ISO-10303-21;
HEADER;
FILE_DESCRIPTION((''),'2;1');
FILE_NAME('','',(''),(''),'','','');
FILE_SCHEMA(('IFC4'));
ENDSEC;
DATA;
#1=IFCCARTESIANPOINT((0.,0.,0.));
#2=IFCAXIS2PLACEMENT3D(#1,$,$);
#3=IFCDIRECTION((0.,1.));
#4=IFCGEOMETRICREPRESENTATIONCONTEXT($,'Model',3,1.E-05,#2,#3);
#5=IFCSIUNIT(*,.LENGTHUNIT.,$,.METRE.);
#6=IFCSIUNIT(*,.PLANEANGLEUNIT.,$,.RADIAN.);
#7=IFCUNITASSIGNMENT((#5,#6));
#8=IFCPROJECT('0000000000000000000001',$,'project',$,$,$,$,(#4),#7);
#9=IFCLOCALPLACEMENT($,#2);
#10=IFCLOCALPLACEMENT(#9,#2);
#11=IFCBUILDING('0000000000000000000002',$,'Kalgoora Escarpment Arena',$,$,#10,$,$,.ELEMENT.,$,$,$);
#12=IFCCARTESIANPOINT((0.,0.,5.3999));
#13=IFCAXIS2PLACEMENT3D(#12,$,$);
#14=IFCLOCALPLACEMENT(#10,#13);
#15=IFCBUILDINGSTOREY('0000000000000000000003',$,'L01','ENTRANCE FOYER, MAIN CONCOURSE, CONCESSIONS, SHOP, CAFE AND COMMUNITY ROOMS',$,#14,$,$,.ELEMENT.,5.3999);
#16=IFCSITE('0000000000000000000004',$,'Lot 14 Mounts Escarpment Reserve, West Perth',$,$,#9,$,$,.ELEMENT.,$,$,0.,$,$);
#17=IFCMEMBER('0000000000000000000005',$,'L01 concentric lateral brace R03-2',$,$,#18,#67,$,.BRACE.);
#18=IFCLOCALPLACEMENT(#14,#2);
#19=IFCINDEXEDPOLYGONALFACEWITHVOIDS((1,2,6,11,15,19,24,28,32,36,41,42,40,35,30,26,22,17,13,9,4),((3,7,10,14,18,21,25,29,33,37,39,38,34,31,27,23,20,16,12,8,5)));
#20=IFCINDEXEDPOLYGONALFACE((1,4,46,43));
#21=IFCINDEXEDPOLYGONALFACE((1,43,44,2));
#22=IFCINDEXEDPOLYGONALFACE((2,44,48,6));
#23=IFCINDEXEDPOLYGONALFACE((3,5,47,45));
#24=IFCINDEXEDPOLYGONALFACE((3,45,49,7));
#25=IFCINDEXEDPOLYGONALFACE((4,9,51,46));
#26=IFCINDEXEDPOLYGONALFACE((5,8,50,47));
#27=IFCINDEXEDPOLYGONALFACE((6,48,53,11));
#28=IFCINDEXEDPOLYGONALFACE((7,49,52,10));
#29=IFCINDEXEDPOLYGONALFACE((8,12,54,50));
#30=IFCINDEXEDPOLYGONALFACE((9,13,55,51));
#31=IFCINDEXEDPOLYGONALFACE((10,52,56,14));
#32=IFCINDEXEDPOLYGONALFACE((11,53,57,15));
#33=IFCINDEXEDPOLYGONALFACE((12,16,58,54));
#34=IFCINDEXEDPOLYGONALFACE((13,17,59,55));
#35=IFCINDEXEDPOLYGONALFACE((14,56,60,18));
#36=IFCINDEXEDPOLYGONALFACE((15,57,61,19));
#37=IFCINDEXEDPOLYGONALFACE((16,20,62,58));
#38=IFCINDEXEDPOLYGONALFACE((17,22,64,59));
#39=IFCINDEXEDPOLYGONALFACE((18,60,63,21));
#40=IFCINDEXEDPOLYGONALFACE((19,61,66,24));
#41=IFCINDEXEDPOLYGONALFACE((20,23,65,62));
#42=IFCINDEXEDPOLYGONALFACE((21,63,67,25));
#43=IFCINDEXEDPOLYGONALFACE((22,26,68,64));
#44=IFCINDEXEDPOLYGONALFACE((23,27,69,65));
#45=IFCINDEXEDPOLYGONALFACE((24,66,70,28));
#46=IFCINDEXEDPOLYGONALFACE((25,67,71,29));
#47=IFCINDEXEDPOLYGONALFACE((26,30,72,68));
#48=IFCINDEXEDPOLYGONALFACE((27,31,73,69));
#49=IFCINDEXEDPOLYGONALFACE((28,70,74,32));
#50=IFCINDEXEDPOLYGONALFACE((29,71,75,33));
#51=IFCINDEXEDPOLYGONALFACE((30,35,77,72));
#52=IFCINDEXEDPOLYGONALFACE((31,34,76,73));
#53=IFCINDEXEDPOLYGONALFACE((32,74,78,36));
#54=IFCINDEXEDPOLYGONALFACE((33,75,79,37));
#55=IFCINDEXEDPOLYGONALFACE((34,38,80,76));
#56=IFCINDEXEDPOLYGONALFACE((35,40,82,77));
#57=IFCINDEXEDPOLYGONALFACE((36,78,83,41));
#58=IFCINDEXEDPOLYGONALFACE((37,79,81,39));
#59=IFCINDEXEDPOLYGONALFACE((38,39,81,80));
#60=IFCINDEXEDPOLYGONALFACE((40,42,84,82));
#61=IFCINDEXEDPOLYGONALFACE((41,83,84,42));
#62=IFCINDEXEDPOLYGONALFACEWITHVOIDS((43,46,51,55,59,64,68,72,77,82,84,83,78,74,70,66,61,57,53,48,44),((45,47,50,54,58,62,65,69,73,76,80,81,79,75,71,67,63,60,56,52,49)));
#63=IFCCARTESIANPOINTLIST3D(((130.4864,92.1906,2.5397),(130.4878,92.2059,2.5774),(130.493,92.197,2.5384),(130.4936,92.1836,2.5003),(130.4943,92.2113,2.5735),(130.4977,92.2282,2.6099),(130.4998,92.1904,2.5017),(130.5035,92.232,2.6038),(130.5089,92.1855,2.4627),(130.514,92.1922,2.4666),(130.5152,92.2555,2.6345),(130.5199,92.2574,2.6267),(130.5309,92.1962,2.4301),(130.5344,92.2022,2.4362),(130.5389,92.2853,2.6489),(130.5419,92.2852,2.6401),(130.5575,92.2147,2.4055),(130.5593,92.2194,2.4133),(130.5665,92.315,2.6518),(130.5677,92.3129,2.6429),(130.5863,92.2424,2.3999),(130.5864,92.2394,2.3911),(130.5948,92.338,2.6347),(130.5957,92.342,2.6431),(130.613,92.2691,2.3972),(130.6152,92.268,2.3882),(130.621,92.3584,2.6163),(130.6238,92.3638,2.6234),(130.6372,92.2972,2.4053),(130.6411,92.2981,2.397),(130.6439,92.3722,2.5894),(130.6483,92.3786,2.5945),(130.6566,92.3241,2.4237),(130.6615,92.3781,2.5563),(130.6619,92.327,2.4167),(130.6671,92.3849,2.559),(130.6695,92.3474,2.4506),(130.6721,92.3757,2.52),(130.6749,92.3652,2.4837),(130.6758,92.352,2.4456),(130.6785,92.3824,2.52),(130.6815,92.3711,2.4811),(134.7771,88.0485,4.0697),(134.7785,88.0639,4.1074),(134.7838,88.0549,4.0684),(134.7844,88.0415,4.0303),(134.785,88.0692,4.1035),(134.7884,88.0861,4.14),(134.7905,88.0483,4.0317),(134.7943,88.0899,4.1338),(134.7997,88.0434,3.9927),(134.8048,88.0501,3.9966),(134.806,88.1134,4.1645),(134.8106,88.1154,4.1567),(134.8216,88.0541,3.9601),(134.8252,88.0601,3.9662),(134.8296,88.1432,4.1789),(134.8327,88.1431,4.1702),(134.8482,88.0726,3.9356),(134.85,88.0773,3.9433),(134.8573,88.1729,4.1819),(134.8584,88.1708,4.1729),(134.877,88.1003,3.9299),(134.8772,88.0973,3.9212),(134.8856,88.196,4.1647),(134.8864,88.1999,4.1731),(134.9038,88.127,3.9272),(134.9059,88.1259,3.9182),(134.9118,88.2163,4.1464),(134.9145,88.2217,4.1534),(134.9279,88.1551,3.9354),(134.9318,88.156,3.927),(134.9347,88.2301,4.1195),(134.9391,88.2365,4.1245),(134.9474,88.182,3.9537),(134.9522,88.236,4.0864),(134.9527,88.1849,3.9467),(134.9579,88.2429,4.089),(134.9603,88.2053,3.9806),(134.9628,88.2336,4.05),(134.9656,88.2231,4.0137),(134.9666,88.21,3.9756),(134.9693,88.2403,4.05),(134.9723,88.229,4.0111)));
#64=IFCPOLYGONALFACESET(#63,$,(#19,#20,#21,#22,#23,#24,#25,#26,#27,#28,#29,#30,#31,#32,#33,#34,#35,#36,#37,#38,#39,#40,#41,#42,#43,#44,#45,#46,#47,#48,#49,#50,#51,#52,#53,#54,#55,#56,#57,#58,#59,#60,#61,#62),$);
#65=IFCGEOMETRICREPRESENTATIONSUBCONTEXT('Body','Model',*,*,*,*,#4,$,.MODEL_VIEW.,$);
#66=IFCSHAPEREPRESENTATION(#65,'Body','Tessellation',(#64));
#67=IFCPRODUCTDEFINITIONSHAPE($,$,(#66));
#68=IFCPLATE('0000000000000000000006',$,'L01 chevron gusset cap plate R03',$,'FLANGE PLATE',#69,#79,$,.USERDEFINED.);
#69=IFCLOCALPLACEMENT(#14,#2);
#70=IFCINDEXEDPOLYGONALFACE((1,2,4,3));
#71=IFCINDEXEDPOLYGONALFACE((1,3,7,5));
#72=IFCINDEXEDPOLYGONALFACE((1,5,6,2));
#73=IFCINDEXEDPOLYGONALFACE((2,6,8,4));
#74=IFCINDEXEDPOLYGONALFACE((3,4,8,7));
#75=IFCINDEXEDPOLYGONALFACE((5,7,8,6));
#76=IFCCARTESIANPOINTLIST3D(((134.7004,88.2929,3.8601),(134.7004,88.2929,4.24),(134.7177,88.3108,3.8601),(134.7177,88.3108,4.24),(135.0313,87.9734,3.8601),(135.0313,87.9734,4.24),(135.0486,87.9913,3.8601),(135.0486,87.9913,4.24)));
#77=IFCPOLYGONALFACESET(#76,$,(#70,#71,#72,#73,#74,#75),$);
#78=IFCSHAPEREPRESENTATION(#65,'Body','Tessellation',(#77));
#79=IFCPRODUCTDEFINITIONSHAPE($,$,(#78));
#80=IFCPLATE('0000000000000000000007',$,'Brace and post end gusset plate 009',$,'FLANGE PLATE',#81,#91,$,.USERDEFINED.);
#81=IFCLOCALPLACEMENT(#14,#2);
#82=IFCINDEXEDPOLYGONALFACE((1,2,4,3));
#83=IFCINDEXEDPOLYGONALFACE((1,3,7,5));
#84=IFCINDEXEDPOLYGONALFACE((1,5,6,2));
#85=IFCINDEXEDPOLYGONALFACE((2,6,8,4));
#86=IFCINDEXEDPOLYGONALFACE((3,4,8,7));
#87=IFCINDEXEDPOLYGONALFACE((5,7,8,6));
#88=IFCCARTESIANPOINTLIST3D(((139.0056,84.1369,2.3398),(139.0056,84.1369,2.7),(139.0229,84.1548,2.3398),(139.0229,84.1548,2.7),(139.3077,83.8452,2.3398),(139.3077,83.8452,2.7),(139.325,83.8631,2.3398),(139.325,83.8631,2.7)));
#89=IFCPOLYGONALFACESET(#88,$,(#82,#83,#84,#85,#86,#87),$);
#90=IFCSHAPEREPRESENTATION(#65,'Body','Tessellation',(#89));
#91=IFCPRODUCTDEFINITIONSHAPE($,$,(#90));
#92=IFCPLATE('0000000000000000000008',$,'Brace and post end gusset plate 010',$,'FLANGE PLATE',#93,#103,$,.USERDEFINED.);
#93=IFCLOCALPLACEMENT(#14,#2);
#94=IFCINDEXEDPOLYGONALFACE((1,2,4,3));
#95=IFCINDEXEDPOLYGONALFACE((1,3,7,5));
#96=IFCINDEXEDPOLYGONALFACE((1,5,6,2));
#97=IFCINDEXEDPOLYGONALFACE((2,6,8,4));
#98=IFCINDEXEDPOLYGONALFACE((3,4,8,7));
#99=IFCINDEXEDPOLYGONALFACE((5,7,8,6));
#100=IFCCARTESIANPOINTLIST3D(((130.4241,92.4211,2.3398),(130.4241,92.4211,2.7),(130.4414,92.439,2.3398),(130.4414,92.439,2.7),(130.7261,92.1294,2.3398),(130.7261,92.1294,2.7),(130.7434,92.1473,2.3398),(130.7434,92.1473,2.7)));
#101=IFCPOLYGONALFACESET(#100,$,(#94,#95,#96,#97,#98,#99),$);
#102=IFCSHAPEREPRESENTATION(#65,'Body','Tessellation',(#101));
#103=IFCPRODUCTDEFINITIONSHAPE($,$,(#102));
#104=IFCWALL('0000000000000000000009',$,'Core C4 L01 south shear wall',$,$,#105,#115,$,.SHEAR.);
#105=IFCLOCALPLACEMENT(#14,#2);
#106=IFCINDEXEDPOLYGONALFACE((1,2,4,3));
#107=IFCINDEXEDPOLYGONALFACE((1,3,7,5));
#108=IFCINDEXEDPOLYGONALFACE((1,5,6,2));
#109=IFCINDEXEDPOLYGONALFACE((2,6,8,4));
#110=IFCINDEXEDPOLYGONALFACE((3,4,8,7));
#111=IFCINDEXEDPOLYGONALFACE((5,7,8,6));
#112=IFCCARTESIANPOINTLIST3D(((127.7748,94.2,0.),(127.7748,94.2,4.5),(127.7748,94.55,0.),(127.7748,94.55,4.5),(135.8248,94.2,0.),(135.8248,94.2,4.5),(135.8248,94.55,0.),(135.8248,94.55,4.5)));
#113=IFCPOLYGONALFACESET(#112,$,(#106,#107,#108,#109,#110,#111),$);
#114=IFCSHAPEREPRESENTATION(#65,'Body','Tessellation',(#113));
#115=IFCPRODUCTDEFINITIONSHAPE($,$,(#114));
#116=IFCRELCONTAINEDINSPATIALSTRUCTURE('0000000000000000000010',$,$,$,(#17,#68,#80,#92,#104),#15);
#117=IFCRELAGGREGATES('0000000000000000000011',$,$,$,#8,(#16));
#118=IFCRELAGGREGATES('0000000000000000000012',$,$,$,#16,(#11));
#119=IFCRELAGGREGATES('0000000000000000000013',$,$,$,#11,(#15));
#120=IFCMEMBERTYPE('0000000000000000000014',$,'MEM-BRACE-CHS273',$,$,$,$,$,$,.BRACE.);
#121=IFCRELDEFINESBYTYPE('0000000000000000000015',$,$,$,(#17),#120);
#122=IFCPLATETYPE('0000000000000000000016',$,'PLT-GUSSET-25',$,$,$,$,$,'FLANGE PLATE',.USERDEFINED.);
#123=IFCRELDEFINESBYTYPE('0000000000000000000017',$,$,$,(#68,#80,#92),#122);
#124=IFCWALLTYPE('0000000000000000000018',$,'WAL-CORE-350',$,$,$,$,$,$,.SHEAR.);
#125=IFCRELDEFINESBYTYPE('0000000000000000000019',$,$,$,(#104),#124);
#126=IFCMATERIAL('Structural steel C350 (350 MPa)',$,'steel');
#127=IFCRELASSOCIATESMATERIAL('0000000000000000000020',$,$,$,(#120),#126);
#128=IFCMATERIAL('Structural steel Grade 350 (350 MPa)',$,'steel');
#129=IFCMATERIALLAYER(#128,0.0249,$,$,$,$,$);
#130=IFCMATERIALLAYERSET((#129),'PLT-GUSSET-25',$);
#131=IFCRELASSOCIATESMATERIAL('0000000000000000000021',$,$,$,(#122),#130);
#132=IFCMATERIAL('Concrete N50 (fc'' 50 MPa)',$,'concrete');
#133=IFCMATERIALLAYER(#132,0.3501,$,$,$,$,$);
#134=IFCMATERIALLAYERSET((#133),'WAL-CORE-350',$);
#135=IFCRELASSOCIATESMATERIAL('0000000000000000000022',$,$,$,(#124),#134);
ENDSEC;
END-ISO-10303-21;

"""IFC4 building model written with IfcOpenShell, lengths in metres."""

from ifc_helpers import new_model, si_unit, direction, frame, frame_2d, origin, origin_2d, place, context, subcontext, project, spatial, rectangle, hollow_circle, extrude, material, layer, layer_set, material_profile, profile_set, type_object, element, save


model = new_model("IFC4")

# Units and contexts
model_context = context("Model", 3, precision=1e-05, world=origin(), true_north=direction((0.0, 1.0)))
body_context = subcontext(model_context, "Body", "Model", "MODEL_VIEW")
ifc_project = project(units=[si_unit("LENGTHUNIT", "METRE"), si_unit("PLANEANGLEUNIT", "RADIAN")], contexts=[model_context])

# Site, building, storey
site_placement = place(None, origin())
site = spatial("IfcSite", under=ifc_project, at=site_placement, Name="Lot 14 Mounts Escarpment Reserve, West Perth", CompositionType="ELEMENT", RefElevation=0.0)
building_placement = place(site_placement, origin())
building = spatial("IfcBuilding", under=site, at=building_placement, Name="Kalgoora Escarpment Arena", CompositionType="ELEMENT")
storey_placement = place(building_placement, frame((0.0, 0.0, 5.3999)))
storey = spatial("IfcBuildingStorey", under=building, at=storey_placement, Name="L01", Description="ENTRANCE FOYER, MAIN CONCOURSE, CONCESSIONS, SHOP, CAFE AND COMMUNITY ROOMS", CompositionType="ELEMENT", Elevation=5.3999)

# Member
ifc_material_1 = material(Name="Structural steel C350 (350 MPa)", Category="steel")
ifc_material_profile_1 = material_profile(ifc_material_1, hollow_circle(Radius=0.1365, WallThickness=0.0093, at=origin_2d()))
ifc_profile_set_1 = profile_set([ifc_material_profile_1], Name="Structural steel C350 (350 MPa)")
member_type = type_object("IfcMemberType", Name="MEM-BRACE-CHS273", PredefinedType="BRACE", material=ifc_profile_set_1)
for number, where, z_axis, x_axis, name in (
    (1, (130.5837, 92.2842, 2.52), (0.696893, -0.672745, 0.248503), (0.694532, 0.719462, 0.0), "L01 concentric lateral brace R03-2"),
):
    element("IfcMember", number, at=place(storey_placement, frame(where, z_axis=z_axis, x_axis=x_axis)), inside=storey, type_object=member_type, Name=name, PredefinedType="BRACE", context=body_context, shape_type="SweptSolid", body=[
        extrude(hollow_circle(Radius=0.1365, WallThickness=0.0093, at=origin_2d()), origin(), (0.0, 0.0, 1.0), 6.157),
    ])

# Plates
ifc_material_2 = material(Name="Structural steel Grade 350 (350 MPa)", Category="steel")
ifc_layer_1 = layer(ifc_material_2, 0.0249)
ifc_layer_set_1 = layer_set([ifc_layer_1], Name="PLT-GUSSET-25")
plate_type = type_object("IfcPlateType", Name="PLT-GUSSET-25", ElementType="FLANGE PLATE", PredefinedType="USERDEFINED", material=ifc_layer_set_1)
plate_placement = place(storey_placement, frame((134.8745, 88.1421, 3.8601), z_axis=(0.0, 0.0, 1.0), x_axis=(-0.719461, 0.694533, 0.0)))
element("IfcPlate", 2, at=plate_placement, inside=storey, type_object=plate_type, Name="L01 chevron gusset cap plate R03", ObjectType="FLANGE PLATE", PredefinedType="USERDEFINED", context=body_context, shape_type="SweptSolid", body=[
    extrude(rectangle(XDim=0.46, YDim=0.0249, at=origin_2d()), origin(), (0.0, 0.0, 1.0), 0.3799),
])
for number, where, z_axis, x_axis, name in (
    (3, (139.1653, 84.0, 2.3398), (0.0, 0.0, 1.0), (-0.71934, 0.694658, 0.0), "Brace and post end gusset plate 009"),
    (4, (130.5837, 92.2842, 2.3398), (0.0, 0.0, 1.0), (0.71934, -0.694658, 0.0), "Brace and post end gusset plate 010"),
):
    element("IfcPlate", number, at=place(storey_placement, frame(where, z_axis=z_axis, x_axis=x_axis)), inside=storey, type_object=plate_type, Name=name, ObjectType="FLANGE PLATE", PredefinedType="USERDEFINED", context=body_context, shape_type="SweptSolid", body=[
        extrude(rectangle(XDim=0.4199, YDim=0.0249, at=origin_2d()), origin(), (0.0, 0.0, 1.0), 0.3601),
    ])

# Wall
ifc_material_3 = material(Name="Concrete N50 (fc' 50 MPa)", Category="concrete")
ifc_layer_2 = layer(ifc_material_3, 0.3501)
ifc_layer_set_2 = layer_set([ifc_layer_2], Name="WAL-CORE-350")
wall_type = type_object("IfcWallType", Name="WAL-CORE-350", PredefinedType="SHEAR", material=ifc_layer_set_2)
wall_placement = place(storey_placement, frame((127.7749, 94.375, 0.0), z_axis=(0.0, 0.0, 1.0), x_axis=(1.0, 0.0, 0.0)))
element("IfcWall", 5, at=wall_placement, inside=storey, type_object=wall_type, Name="Core C4 L01 south shear wall", PredefinedType="SHEAR", context=body_context, shape_type="SweptSolid", body=[
    extrude(rectangle(XDim=8.05, YDim=0.3501, at=frame_2d((4.0249, 0.0))), origin(), (0.0, 0.0, 1.0), 4.5),
])

save(model, "model.ifc")
